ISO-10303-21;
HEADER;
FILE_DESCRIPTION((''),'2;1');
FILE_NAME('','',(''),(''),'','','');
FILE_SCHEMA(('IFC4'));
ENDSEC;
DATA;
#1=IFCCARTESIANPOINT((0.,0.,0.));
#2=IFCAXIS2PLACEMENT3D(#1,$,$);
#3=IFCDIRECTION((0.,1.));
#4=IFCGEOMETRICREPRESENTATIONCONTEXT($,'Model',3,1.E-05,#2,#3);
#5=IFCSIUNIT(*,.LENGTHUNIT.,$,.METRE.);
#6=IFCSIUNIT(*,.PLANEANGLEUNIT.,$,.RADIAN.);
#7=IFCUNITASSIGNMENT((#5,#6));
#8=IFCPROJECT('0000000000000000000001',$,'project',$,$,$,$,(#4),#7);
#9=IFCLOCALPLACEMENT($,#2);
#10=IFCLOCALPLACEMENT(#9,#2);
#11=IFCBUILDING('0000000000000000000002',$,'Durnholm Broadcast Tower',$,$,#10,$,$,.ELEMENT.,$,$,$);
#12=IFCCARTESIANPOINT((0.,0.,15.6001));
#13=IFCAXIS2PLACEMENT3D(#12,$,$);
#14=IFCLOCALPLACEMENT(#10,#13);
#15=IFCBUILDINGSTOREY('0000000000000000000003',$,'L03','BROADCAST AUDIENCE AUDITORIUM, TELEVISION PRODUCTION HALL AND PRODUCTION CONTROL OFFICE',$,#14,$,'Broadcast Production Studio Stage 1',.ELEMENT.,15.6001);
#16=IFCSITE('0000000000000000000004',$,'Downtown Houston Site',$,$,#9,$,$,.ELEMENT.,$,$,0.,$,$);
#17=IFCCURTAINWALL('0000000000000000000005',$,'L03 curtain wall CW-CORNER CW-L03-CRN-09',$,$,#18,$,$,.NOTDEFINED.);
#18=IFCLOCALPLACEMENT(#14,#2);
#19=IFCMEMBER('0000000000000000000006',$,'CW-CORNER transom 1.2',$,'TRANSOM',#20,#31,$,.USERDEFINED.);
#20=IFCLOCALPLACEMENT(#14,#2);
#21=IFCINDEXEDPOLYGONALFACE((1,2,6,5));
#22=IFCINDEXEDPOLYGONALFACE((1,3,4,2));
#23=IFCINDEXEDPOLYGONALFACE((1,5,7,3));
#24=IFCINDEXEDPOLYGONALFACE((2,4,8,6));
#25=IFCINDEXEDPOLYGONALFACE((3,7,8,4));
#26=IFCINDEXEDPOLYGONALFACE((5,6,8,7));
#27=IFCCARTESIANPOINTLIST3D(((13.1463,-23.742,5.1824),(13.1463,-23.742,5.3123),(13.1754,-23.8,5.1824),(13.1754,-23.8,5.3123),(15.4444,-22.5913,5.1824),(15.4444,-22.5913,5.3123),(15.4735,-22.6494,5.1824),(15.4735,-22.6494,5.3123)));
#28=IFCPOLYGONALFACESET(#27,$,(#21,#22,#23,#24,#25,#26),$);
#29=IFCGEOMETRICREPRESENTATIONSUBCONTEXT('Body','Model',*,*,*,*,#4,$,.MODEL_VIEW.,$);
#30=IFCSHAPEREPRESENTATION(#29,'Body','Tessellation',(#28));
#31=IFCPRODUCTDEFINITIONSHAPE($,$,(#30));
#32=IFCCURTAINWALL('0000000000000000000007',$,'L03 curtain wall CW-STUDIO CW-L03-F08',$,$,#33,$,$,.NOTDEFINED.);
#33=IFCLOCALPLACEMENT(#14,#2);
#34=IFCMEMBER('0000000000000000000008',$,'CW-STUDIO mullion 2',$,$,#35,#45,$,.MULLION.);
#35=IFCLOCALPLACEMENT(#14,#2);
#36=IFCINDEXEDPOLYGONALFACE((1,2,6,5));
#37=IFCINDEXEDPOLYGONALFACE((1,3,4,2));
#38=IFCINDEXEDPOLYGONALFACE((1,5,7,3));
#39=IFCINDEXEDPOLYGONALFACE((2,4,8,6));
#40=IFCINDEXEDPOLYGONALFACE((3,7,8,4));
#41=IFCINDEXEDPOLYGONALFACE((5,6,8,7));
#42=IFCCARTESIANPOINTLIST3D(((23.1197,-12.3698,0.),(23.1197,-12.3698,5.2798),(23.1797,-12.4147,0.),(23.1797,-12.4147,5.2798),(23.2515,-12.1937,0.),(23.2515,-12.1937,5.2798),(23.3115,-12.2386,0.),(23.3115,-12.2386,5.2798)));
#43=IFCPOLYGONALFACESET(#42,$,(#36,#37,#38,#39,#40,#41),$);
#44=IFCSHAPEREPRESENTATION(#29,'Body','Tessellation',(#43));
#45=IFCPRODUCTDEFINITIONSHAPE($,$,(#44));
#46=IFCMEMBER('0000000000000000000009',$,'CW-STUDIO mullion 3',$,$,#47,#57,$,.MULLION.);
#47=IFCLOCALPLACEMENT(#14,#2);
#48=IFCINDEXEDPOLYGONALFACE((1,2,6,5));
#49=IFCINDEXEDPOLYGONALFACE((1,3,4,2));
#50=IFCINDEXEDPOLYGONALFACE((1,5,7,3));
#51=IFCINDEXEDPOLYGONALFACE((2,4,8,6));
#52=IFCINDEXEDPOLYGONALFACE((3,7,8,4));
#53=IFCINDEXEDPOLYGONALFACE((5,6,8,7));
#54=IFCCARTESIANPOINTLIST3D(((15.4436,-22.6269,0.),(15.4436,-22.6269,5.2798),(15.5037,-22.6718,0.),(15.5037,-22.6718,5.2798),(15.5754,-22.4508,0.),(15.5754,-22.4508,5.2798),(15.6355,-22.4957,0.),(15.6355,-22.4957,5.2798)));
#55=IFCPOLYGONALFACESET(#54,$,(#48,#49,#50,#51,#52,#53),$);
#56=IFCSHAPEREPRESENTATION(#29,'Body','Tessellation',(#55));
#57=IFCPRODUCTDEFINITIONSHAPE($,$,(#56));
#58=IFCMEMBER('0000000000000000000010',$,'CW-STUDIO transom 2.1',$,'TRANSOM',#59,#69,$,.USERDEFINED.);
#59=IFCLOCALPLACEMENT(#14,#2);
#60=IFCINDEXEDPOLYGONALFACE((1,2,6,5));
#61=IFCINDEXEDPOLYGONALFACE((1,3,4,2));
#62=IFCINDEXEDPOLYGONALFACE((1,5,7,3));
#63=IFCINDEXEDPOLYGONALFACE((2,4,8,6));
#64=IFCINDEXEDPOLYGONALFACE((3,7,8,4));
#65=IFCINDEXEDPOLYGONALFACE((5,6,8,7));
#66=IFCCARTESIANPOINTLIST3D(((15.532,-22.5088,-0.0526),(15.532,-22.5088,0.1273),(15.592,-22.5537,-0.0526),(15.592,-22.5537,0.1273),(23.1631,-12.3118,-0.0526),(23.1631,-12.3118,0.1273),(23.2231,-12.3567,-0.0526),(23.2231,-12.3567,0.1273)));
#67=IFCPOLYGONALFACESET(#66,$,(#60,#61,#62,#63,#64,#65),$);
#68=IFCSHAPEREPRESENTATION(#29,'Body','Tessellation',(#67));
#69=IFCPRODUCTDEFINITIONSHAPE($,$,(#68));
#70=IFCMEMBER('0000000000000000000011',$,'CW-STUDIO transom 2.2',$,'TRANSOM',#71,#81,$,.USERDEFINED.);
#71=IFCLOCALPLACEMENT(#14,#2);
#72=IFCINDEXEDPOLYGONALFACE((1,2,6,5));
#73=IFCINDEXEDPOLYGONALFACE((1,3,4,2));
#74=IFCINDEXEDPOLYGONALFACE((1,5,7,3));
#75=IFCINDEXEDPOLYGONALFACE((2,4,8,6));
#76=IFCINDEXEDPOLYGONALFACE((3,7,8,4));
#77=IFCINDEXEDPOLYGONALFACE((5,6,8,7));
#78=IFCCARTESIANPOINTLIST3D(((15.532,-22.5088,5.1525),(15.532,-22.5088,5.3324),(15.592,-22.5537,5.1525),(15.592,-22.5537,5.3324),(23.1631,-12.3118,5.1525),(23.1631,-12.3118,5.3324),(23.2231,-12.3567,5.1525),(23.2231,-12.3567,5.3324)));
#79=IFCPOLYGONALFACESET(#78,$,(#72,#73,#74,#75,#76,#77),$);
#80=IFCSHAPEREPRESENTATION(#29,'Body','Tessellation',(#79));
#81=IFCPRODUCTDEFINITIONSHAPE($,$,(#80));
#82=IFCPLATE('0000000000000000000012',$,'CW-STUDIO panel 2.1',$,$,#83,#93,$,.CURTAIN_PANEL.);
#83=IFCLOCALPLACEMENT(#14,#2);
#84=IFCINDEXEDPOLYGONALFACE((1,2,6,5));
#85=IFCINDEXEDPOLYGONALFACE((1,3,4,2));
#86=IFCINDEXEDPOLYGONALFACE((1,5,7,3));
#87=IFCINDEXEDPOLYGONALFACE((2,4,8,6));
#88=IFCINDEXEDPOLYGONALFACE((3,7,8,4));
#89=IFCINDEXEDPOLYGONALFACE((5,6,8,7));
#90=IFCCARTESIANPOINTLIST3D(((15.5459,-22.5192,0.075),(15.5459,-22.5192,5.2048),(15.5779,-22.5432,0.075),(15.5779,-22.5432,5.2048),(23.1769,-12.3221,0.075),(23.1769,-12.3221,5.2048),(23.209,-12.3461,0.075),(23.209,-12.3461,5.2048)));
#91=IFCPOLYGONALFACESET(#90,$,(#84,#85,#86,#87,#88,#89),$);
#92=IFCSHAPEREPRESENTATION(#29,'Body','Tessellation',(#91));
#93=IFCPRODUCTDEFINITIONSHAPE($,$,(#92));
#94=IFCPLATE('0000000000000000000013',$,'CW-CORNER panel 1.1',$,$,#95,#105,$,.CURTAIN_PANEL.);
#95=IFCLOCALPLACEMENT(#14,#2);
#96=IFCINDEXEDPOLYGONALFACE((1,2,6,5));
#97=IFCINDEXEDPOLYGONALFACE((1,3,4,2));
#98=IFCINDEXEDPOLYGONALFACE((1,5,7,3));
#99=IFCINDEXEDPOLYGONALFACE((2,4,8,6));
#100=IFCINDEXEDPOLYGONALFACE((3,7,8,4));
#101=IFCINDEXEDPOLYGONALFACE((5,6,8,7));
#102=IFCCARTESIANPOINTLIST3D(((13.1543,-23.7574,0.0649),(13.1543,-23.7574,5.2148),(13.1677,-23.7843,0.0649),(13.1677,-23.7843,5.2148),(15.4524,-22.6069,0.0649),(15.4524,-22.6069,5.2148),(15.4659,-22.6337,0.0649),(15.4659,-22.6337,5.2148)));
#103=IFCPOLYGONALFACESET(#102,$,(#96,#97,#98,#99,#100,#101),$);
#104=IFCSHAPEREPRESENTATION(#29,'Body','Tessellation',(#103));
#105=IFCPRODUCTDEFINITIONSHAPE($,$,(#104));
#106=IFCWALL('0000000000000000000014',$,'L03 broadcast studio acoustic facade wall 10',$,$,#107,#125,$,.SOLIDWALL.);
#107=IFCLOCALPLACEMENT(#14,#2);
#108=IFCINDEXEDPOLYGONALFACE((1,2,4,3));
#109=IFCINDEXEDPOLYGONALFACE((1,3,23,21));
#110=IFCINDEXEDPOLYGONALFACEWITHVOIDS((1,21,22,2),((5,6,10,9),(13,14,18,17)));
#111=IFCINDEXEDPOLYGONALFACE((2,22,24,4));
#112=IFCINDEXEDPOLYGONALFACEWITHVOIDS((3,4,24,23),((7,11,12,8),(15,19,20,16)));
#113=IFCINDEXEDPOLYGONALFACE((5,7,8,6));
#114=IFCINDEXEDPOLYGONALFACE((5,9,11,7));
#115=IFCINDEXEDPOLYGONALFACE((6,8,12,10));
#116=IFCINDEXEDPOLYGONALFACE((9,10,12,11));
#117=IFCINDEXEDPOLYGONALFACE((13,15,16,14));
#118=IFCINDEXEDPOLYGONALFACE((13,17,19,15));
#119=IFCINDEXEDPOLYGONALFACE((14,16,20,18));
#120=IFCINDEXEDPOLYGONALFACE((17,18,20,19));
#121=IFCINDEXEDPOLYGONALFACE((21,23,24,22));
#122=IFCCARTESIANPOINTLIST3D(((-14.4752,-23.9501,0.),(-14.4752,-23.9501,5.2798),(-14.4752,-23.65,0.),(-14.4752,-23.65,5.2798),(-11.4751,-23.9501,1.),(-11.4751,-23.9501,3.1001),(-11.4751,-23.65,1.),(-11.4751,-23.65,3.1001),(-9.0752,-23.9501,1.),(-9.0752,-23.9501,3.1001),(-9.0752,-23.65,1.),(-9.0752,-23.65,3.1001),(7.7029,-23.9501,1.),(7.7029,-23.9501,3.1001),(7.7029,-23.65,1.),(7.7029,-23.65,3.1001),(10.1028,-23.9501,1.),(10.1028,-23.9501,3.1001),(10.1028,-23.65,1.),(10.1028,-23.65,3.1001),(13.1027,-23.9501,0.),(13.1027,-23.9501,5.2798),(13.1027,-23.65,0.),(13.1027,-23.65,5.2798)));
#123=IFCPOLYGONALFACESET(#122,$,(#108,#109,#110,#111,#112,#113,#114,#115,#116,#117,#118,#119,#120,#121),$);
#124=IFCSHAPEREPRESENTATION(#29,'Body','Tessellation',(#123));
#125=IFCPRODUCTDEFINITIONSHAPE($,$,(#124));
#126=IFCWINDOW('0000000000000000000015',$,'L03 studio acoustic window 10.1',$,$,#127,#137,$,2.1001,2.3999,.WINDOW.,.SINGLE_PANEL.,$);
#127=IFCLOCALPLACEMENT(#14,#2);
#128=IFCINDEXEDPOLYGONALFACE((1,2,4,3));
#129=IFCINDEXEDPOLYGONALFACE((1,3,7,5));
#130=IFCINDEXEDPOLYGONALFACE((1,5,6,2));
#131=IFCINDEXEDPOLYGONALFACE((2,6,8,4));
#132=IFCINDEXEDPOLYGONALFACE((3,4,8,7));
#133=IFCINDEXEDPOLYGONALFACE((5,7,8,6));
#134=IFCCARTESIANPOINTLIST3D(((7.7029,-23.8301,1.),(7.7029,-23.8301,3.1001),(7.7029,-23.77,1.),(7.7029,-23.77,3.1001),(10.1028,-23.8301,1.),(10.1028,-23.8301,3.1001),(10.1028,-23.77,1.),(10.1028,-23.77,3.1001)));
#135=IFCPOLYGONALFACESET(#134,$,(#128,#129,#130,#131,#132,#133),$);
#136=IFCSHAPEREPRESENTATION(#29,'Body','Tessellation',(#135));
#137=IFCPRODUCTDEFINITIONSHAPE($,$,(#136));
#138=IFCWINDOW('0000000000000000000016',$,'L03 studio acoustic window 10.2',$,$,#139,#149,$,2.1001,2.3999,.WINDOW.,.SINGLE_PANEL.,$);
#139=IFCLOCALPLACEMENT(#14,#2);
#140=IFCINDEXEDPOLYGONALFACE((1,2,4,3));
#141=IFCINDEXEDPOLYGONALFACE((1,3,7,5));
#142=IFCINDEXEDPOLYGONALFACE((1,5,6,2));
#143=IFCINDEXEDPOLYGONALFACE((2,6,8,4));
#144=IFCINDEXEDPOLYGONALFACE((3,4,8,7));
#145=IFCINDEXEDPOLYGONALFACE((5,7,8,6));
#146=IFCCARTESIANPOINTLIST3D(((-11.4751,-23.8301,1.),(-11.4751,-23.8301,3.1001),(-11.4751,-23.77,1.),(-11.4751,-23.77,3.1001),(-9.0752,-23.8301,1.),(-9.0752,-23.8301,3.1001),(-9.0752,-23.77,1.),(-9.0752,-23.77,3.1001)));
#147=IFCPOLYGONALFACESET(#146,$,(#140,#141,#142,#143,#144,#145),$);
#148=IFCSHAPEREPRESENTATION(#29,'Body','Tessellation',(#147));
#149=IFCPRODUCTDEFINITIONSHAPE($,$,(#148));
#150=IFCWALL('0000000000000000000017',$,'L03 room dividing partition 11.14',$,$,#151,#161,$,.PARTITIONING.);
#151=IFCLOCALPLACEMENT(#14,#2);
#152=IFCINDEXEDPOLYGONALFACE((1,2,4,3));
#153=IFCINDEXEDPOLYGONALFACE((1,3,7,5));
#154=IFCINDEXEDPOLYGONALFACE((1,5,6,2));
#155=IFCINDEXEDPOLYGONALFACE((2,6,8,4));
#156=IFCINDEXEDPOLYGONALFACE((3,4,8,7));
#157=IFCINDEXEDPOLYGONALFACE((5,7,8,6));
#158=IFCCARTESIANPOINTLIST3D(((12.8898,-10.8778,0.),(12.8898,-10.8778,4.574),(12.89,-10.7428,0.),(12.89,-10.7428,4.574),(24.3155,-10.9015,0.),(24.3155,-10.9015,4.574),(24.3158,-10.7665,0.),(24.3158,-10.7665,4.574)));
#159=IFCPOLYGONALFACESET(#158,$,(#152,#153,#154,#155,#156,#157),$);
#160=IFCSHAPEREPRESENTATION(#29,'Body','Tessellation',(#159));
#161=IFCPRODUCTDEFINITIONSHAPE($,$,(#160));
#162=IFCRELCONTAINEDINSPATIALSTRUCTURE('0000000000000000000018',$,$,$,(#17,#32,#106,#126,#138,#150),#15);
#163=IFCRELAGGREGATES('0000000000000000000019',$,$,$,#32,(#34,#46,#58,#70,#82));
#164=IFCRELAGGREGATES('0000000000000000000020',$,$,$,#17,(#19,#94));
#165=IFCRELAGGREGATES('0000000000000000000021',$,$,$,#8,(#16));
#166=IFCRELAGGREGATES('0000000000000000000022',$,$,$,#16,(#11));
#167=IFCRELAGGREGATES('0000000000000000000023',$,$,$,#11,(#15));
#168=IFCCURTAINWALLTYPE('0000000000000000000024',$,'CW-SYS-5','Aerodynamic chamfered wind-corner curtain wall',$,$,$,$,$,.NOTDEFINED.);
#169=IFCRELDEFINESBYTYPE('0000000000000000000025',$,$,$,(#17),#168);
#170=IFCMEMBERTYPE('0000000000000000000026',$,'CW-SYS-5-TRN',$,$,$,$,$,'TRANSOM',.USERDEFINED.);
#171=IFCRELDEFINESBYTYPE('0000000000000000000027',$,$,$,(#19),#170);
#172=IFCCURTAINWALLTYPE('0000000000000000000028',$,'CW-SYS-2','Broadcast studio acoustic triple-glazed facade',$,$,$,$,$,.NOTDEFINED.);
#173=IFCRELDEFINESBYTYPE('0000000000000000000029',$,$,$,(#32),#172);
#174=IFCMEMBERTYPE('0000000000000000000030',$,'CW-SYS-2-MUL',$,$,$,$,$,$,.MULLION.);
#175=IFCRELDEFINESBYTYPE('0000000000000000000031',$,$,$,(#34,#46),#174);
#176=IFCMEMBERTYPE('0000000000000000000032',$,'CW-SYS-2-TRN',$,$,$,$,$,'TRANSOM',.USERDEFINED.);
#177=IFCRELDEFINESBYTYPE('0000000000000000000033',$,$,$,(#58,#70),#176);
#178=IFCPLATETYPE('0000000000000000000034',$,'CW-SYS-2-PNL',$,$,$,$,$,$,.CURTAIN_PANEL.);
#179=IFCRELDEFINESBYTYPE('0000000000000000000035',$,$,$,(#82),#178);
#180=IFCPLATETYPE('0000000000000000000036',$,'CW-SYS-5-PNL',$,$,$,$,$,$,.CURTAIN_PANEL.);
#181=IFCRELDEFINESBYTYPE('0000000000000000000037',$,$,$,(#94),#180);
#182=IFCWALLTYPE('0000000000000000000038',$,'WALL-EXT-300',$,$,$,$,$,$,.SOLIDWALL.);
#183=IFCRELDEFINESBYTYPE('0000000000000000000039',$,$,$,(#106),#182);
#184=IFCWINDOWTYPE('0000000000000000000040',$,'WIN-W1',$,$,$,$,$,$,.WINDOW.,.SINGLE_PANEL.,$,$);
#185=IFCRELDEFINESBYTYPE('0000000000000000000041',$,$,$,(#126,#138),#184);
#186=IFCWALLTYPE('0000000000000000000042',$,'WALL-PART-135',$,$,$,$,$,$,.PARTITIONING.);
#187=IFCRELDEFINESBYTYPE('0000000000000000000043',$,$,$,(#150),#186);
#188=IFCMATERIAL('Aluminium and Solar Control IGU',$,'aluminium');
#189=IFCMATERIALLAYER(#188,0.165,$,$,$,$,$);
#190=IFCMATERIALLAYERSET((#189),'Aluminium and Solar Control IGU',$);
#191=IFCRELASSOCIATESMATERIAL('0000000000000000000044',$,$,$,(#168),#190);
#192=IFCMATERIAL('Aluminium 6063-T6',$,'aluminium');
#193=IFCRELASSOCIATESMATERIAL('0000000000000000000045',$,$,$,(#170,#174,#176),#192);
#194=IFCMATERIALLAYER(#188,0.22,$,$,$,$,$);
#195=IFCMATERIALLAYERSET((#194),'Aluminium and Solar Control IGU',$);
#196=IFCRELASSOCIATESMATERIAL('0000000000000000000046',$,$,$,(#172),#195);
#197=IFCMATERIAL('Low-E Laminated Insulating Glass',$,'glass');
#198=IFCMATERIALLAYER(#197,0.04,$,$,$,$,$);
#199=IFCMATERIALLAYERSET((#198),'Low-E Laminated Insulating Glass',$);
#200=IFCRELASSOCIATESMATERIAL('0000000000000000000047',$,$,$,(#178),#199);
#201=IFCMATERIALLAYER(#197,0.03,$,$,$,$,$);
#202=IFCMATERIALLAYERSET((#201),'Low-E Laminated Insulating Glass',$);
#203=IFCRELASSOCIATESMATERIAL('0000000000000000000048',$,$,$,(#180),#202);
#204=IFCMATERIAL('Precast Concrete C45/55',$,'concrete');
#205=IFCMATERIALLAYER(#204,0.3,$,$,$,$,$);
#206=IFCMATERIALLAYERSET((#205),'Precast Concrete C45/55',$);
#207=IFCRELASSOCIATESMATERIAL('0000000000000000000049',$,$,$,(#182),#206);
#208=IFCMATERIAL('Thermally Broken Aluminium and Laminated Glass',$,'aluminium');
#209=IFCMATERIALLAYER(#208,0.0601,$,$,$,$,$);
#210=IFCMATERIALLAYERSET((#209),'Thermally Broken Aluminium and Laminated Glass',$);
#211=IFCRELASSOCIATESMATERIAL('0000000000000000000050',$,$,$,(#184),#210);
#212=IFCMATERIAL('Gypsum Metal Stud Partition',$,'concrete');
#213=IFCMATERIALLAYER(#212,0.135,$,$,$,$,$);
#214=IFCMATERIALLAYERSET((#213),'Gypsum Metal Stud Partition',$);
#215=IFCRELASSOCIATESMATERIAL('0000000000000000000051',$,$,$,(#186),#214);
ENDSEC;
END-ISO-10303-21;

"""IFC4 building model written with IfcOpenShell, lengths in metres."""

from ifc_helpers import new_model, si_unit, direction, frame, frame_2d, origin, origin_2d, place, context, subcontext, project, spatial, rectangle, extrude, source, transform, mapped, material, layer, layer_set, material_profile, profile_set, type_object, type_shapes, element, fill, aggregate, save


model = new_model("IFC4")

# Units and contexts
model_context = context("Model", 3, precision=1e-05, world=origin(), true_north=direction((0.0, 1.0)))
body_context = subcontext(model_context, "Body", "Model", "MODEL_VIEW")
ifc_project = project(units=[si_unit("LENGTHUNIT", "METRE"), si_unit("PLANEANGLEUNIT", "RADIAN")], contexts=[model_context])

# Site, building, storey
site_placement = place(None, origin())
site = spatial("IfcSite", under=ifc_project, at=site_placement, Name="Downtown Houston Site", CompositionType="ELEMENT", RefElevation=0.0)
building_placement = place(site_placement, origin())
building = spatial("IfcBuilding", under=site, at=building_placement, Name="Durnholm Broadcast Tower", CompositionType="ELEMENT")
storey_placement = place(building_placement, frame((0.0, 0.0, 15.6001)))
storey = spatial("IfcBuildingStorey", under=building, at=storey_placement, Name="L03", Description="BROADCAST AUDIENCE AUDITORIUM, TELEVISION PRODUCTION HALL AND PRODUCTION CONTROL OFFICE", LongName="Broadcast Production Studio Stage 1", CompositionType="ELEMENT", Elevation=15.6001)

# Curtain wall, member
ifc_material_1 = material(Name="Aluminium and Solar Control IGU", Category="aluminium")
ifc_layer_1 = layer(ifc_material_1, 0.165)
ifc_layer_set_1 = layer_set([ifc_layer_1], Name="Aluminium and Solar Control IGU")
curtain_wall_type_1 = type_object("IfcCurtainWallType", Name="CW-SYS-5", Description="Aerodynamic chamfered wind-corner curtain wall", PredefinedType="NOTDEFINED", material=ifc_layer_set_1)
curtain_wall_1_placement = place(storey_placement, origin())
curtain_wall_1 = element("IfcCurtainWall", 1, at=curtain_wall_1_placement, inside=storey, type_object=curtain_wall_type_1, Name="L03 curtain wall CW-CORNER CW-L03-CRN-09", PredefinedType="NOTDEFINED")
ifc_material_2 = material(Name="Aluminium 6063-T6", Category="aluminium")
ifc_material_profile_1 = material_profile(ifc_material_2, rectangle(XDim=0.0649, YDim=0.1299, at=origin_2d()), Name="CWT65X130")
ifc_profile_set_1 = profile_set([ifc_material_profile_1], Name="Aluminium 6063-T6")
member_type_1 = type_object("IfcMemberType", Name="CW-SYS-5-TRN", ElementType="TRANSOM", PredefinedType="USERDEFINED", material=ifc_profile_set_1)
shared_shape_1 = source(origin(), body_context, "Body", "SweptSolid", [
    extrude(rectangle(XDim=0.0649, YDim=0.1299, at=origin_2d()), origin(), (0.0, 0.0, 1.0), 2.5701),
])
type_shapes(member_type_1, [shared_shape_1])
member_1_placement = place(storey_placement, frame((15.459, -22.6204, 5.2473), z_axis=(-0.89418, -0.447707, 0.0), x_axis=(0.447707, -0.89418, 0.0)))
member_1 = element("IfcMember", 2, at=member_1_placement, type_object=member_type_1, Name="CW-CORNER transom 1.2", ObjectType="TRANSOM", PredefinedType="USERDEFINED", context=body_context, shape_type="MappedRepresentation", body=[
    mapped(shared_shape_1, transform((0.0, 0.0, 0.0), x_axis=(1.0, 0.0, 0.0), y_axis=(0.0, 1.0, 0.0), z_axis=(0.0, 0.0, 1.0), scale=1.0)),
])

# Curtain wall, members, plate
ifc_layer_2 = layer(ifc_material_1, 0.22)
ifc_layer_set_2 = layer_set([ifc_layer_2], Name="Aluminium and Solar Control IGU")
curtain_wall_type_2 = type_object("IfcCurtainWallType", Name="CW-SYS-2", Description="Broadcast studio acoustic triple-glazed facade", PredefinedType="NOTDEFINED", material=ifc_layer_set_2)
curtain_wall_2_placement = place(storey_placement, origin())
curtain_wall_2 = element("IfcCurtainWall", 3, at=curtain_wall_2_placement, inside=storey, type_object=curtain_wall_type_2, Name="L03 curtain wall CW-STUDIO CW-L03-F08", PredefinedType="NOTDEFINED")
ifc_material_profile_2 = material_profile(ifc_material_2, rectangle(XDim=0.075, YDim=0.22, at=origin_2d()), Name="CWM75X220")
ifc_profile_set_2 = profile_set([ifc_material_profile_2], Name="Aluminium 6063-T6")
member_type_2 = type_object("IfcMemberType", Name="CW-SYS-2-MUL", PredefinedType="MULLION", material=ifc_profile_set_2)
shared_shape_2 = source(origin(), body_context, "Body", "SweptSolid", [
    extrude(rectangle(XDim=0.075, YDim=0.22, at=origin_2d()), origin(), (0.0, 0.0, 1.0), 5.2798),
])
type_shapes(member_type_2, [shared_shape_2])
member_2_placement = place(storey_placement, frame((23.2156, -12.3042, 0.0), z_axis=(0.0, 0.0, 1.0), x_axis=(0.800632, -0.599157, 0.0)))
member_2 = element("IfcMember", 4, at=member_2_placement, type_object=member_type_2, Name="CW-STUDIO mullion 2", PredefinedType="MULLION", context=body_context, shape_type="MappedRepresentation", body=[
    mapped(shared_shape_2, transform((0.0, 0.0, 0.0), x_axis=(1.0, 0.0, 0.0), y_axis=(0.0, 1.0, 0.0), z_axis=(0.0, 0.0, 1.0), scale=1.0)),
])
member_3_placement = place(storey_placement, frame((15.5396, -22.5613, 0.0), z_axis=(0.0, 0.0, 1.0), x_axis=(0.800632, -0.599157, 0.0)))
member_3 = element("IfcMember", 5, at=member_3_placement, type_object=member_type_2, Name="CW-STUDIO mullion 3", PredefinedType="MULLION", context=body_context, shape_type="MappedRepresentation", body=[
    mapped(shared_shape_2, transform((0.0, 0.0, 0.0), x_axis=(1.0, 0.0, 0.0), y_axis=(0.0, 1.0, 0.0), z_axis=(0.0, 0.0, 1.0), scale=1.0)),
])
ifc_material_profile_3 = material_profile(ifc_material_2, rectangle(XDim=0.075, YDim=0.1799, at=origin_2d()), Name="CWT75X180")
ifc_profile_set_3 = profile_set([ifc_material_profile_3], Name="Aluminium 6063-T6")
member_type_3 = type_object("IfcMemberType", Name="CW-SYS-2-TRN", ElementType="TRANSOM", PredefinedType="USERDEFINED", material=ifc_profile_set_3)
shared_shape_3 = source(origin(), body_context, "Body", "SweptSolid", [
    extrude(rectangle(XDim=0.075, YDim=0.1799, at=origin_2d()), origin(), (0.0, 0.0, 1.0), 12.7363),
])
type_shapes(member_type_3, [shared_shape_3])
member_4_placement = place(storey_placement, frame((23.1931, -12.3342, 0.0374), z_axis=(-0.599162, -0.800628, 0.0), x_axis=(0.800628, -0.599162, 0.0)))
member_4 = element("IfcMember", 6, at=member_4_placement, type_object=member_type_3, Name="CW-STUDIO transom 2.1", ObjectType="TRANSOM", PredefinedType="USERDEFINED", context=body_context, shape_type="MappedRepresentation", body=[
    mapped(shared_shape_3, transform((0.0, 0.0, 0.0), x_axis=(1.0, 0.0, 0.0), y_axis=(0.0, 1.0, 0.0), z_axis=(0.0, 0.0, 1.0), scale=1.0)),
])
member_5_placement = place(storey_placement, frame((23.1931, -12.3342, 5.2424), z_axis=(-0.599162, -0.800628, 0.0), x_axis=(0.800628, -0.599162, 0.0)))
member_5 = element("IfcMember", 7, at=member_5_placement, type_object=member_type_3, Name="CW-STUDIO transom 2.2", ObjectType="TRANSOM", PredefinedType="USERDEFINED", context=body_context, shape_type="MappedRepresentation", body=[
    mapped(shared_shape_3, transform((0.0, 0.0, 0.0), x_axis=(1.0, 0.0, 0.0), y_axis=(0.0, 1.0, 0.0), z_axis=(0.0, 0.0, 1.0), scale=1.0)),
])
ifc_material_3 = material(Name="Low-E Laminated Insulating Glass", Category="glass")
ifc_layer_3 = layer(ifc_material_3, 0.04)
ifc_layer_set_3 = layer_set([ifc_layer_3], Name="Low-E Laminated Insulating Glass")
plate_type_1 = type_object("IfcPlateType", Name="CW-SYS-2-PNL", PredefinedType="CURTAIN_PANEL", material=ifc_layer_set_3)
shared_shape_4 = source(origin(), body_context, "Body", "SweptSolid", [
    extrude(rectangle(XDim=12.7363, YDim=0.04, at=origin_2d()), origin(), (0.0, 0.0, 1.0), 5.1299),
])
type_shapes(plate_type_1, [shared_shape_4])
plate_1_placement = place(storey_placement, frame((19.3774, -17.4326, 0.075), z_axis=(0.0, 0.0, 1.0), x_axis=(-0.599157, -0.800632, 0.0)))
plate_1 = element("IfcPlate", 8, at=plate_1_placement, type_object=plate_type_1, Name="CW-STUDIO panel 2.1", PredefinedType="CURTAIN_PANEL", context=body_context, shape_type="MappedRepresentation", body=[
    mapped(shared_shape_4, transform((0.0, 0.0, 0.0), x_axis=(1.0, 0.0, 0.0), y_axis=(0.0, 1.0, 0.0), z_axis=(0.0, 0.0, 1.0), scale=1.0)),
])
aggregate(curtain_wall_2, [member_2, member_3, member_4, member_5, plate_1])

# Plate
ifc_layer_4 = layer(ifc_material_3, 0.03)
ifc_layer_set_4 = layer_set([ifc_layer_4], Name="Low-E Laminated Insulating Glass")
plate_type_2 = type_object("IfcPlateType", Name="CW-SYS-5-PNL", PredefinedType="CURTAIN_PANEL", material=ifc_layer_set_4)
shared_shape_5 = source(origin(), body_context, "Body", "SweptSolid", [
    extrude(rectangle(XDim=2.5701, YDim=0.03, at=origin_2d()), origin(), (0.0, 0.0, 1.0), 5.1499),
])
type_shapes(plate_type_2, [shared_shape_5])
plate_2_placement = place(storey_placement, frame((14.3101, -23.1956, 0.0649), z_axis=(0.0, 0.0, 1.0), x_axis=(-0.894197, -0.447673, 0.0)))
plate_2 = element("IfcPlate", 9, at=plate_2_placement, type_object=plate_type_2, Name="CW-CORNER panel 1.1", PredefinedType="CURTAIN_PANEL", context=body_context, shape_type="MappedRepresentation", body=[
    mapped(shared_shape_5, transform((0.0, 0.0, 0.0), x_axis=(1.0, 0.0, 0.0), y_axis=(0.0, 1.0, 0.0), z_axis=(0.0, 0.0, 1.0), scale=1.0)),
])
aggregate(curtain_wall_1, [member_1, plate_2])

# Wall, openings, windows
ifc_material_4 = material(Name="Precast Concrete C45/55", Category="concrete")
ifc_layer_5 = layer(ifc_material_4, 0.3)
ifc_layer_set_5 = layer_set([ifc_layer_5], Name="Precast Concrete C45/55")
wall_type_1 = type_object("IfcWallType", Name="WALL-EXT-300", PredefinedType="SOLIDWALL", material=ifc_layer_set_5)
wall_1_placement = place(storey_placement, frame((13.1028, -23.8, 0.0), z_axis=(0.0, 0.0, 1.0), x_axis=(-1.0, 0.0, 0.0)))
wall_1 = element("IfcWall", 10, at=wall_1_placement, inside=storey, type_object=wall_type_1, Name="L03 broadcast studio acoustic facade wall 10", PredefinedType="SOLIDWALL", context=body_context, shape_type="SweptSolid", body=[
    extrude(rectangle(XDim=27.5779, YDim=0.3, at=frame_2d((13.7891, 0.0))), origin(), (0.0, 0.0, 1.0), 5.2798),
])
opening_1_placement = place(wall_1_placement, frame((3.0, 0.0, 1.0)))
opening_1 = element("IfcOpeningElement", 11, at=opening_1_placement, cuts=wall_1, PredefinedType="OPENING", context=body_context, shape_type="SweptSolid", body=[
    extrude(rectangle(XDim=2.3999, YDim=2.1001, at=frame_2d((1.2, 1.05))), frame((0.0, 0.1602, 0.0), z_axis=(0.0, -1.0, 0.0), x_axis=(1.0, 0.0, 0.0)), (0.0, 0.0, 1.0), 0.3201),
])
opening_2_placement = place(wall_1_placement, frame((22.178, 0.0, 1.0)))
opening_2 = element("IfcOpeningElement", 12, at=opening_2_placement, cuts=wall_1, PredefinedType="OPENING", context=body_context, shape_type="SweptSolid", body=[
    extrude(rectangle(XDim=2.3999, YDim=2.1001, at=frame_2d((1.2, 1.05))), frame((0.0, 0.1602, 0.0), z_axis=(0.0, -1.0, 0.0), x_axis=(1.0, 0.0, 0.0)), (0.0, 0.0, 1.0), 0.3201),
])
ifc_material_5 = material(Name="Thermally Broken Aluminium and Laminated Glass", Category="aluminium")
ifc_layer_6 = layer(ifc_material_5, 0.0601)
ifc_layer_set_6 = layer_set([ifc_layer_6], Name="Thermally Broken Aluminium and Laminated Glass")
window_type = type_object("IfcWindowType", Name="WIN-W1", PartitioningType="SINGLE_PANEL", PredefinedType="WINDOW", material=ifc_layer_set_6)
shared_shape_6 = source(origin(), body_context, "Body", "SweptSolid", [
    extrude(rectangle(XDim=2.3999, YDim=2.1001, at=frame_2d((1.2, 1.05))), frame((0.0, 0.03, 0.0), z_axis=(0.0, -1.0, 0.0), x_axis=(1.0, 0.0, 0.0)), (0.0, 0.0, 1.0), 0.0601),
])
type_shapes(window_type, [shared_shape_6])
window_1_placement = place(opening_1_placement, origin())
window_1 = element("IfcWindow", 13, at=window_1_placement, inside=storey, type_object=window_type, Name="L03 studio acoustic window 10.1", OverallHeight=2.1001, OverallWidth=2.3999, PartitioningType="SINGLE_PANEL", PredefinedType="WINDOW", context=body_context, shape_type="MappedRepresentation", body=[
    mapped(shared_shape_6, transform((0.0, 0.0, 0.0), x_axis=(1.0, 0.0, 0.0), y_axis=(0.0, 1.0, 0.0), z_axis=(0.0, 0.0, 1.0), scale=1.0)),
])
fill(opening_1, window_1)
window_2_placement = place(opening_2_placement, origin())
window_2 = element("IfcWindow", 14, at=window_2_placement, inside=storey, type_object=window_type, Name="L03 studio acoustic window 10.2", OverallHeight=2.1001, OverallWidth=2.3999, PartitioningType="SINGLE_PANEL", PredefinedType="WINDOW", context=body_context, shape_type="MappedRepresentation", body=[
    mapped(shared_shape_6, transform((0.0, 0.0, 0.0), x_axis=(1.0, 0.0, 0.0), y_axis=(0.0, 1.0, 0.0), z_axis=(0.0, 0.0, 1.0), scale=1.0)),
])
fill(opening_2, window_2)

# Wall
ifc_material_6 = material(Name="Gypsum Metal Stud Partition", Category="concrete")
ifc_layer_7 = layer(ifc_material_6, 0.135)
ifc_layer_set_7 = layer_set([ifc_layer_7], Name="Gypsum Metal Stud Partition")
wall_type_2 = type_object("IfcWallType", Name="WALL-PART-135", PredefinedType="PARTITIONING", material=ifc_layer_set_7)
wall_2_placement = place(storey_placement, frame((12.8899, -10.8103, 0.0), z_axis=(0.0, 0.0, 1.0), x_axis=(0.999998, -0.002073, 0.0)))
element("IfcWall", 15, at=wall_2_placement, inside=storey, type_object=wall_type_2, Name="L03 room dividing partition 11.14", PredefinedType="PARTITIONING", context=body_context, shape_type="SweptSolid", body=[
    extrude(rectangle(XDim=11.4258, YDim=0.135, at=frame_2d((5.7129, 0.0))), origin(), (0.0, 0.0, 1.0), 4.574),
])

save(model, "model.ifc")
